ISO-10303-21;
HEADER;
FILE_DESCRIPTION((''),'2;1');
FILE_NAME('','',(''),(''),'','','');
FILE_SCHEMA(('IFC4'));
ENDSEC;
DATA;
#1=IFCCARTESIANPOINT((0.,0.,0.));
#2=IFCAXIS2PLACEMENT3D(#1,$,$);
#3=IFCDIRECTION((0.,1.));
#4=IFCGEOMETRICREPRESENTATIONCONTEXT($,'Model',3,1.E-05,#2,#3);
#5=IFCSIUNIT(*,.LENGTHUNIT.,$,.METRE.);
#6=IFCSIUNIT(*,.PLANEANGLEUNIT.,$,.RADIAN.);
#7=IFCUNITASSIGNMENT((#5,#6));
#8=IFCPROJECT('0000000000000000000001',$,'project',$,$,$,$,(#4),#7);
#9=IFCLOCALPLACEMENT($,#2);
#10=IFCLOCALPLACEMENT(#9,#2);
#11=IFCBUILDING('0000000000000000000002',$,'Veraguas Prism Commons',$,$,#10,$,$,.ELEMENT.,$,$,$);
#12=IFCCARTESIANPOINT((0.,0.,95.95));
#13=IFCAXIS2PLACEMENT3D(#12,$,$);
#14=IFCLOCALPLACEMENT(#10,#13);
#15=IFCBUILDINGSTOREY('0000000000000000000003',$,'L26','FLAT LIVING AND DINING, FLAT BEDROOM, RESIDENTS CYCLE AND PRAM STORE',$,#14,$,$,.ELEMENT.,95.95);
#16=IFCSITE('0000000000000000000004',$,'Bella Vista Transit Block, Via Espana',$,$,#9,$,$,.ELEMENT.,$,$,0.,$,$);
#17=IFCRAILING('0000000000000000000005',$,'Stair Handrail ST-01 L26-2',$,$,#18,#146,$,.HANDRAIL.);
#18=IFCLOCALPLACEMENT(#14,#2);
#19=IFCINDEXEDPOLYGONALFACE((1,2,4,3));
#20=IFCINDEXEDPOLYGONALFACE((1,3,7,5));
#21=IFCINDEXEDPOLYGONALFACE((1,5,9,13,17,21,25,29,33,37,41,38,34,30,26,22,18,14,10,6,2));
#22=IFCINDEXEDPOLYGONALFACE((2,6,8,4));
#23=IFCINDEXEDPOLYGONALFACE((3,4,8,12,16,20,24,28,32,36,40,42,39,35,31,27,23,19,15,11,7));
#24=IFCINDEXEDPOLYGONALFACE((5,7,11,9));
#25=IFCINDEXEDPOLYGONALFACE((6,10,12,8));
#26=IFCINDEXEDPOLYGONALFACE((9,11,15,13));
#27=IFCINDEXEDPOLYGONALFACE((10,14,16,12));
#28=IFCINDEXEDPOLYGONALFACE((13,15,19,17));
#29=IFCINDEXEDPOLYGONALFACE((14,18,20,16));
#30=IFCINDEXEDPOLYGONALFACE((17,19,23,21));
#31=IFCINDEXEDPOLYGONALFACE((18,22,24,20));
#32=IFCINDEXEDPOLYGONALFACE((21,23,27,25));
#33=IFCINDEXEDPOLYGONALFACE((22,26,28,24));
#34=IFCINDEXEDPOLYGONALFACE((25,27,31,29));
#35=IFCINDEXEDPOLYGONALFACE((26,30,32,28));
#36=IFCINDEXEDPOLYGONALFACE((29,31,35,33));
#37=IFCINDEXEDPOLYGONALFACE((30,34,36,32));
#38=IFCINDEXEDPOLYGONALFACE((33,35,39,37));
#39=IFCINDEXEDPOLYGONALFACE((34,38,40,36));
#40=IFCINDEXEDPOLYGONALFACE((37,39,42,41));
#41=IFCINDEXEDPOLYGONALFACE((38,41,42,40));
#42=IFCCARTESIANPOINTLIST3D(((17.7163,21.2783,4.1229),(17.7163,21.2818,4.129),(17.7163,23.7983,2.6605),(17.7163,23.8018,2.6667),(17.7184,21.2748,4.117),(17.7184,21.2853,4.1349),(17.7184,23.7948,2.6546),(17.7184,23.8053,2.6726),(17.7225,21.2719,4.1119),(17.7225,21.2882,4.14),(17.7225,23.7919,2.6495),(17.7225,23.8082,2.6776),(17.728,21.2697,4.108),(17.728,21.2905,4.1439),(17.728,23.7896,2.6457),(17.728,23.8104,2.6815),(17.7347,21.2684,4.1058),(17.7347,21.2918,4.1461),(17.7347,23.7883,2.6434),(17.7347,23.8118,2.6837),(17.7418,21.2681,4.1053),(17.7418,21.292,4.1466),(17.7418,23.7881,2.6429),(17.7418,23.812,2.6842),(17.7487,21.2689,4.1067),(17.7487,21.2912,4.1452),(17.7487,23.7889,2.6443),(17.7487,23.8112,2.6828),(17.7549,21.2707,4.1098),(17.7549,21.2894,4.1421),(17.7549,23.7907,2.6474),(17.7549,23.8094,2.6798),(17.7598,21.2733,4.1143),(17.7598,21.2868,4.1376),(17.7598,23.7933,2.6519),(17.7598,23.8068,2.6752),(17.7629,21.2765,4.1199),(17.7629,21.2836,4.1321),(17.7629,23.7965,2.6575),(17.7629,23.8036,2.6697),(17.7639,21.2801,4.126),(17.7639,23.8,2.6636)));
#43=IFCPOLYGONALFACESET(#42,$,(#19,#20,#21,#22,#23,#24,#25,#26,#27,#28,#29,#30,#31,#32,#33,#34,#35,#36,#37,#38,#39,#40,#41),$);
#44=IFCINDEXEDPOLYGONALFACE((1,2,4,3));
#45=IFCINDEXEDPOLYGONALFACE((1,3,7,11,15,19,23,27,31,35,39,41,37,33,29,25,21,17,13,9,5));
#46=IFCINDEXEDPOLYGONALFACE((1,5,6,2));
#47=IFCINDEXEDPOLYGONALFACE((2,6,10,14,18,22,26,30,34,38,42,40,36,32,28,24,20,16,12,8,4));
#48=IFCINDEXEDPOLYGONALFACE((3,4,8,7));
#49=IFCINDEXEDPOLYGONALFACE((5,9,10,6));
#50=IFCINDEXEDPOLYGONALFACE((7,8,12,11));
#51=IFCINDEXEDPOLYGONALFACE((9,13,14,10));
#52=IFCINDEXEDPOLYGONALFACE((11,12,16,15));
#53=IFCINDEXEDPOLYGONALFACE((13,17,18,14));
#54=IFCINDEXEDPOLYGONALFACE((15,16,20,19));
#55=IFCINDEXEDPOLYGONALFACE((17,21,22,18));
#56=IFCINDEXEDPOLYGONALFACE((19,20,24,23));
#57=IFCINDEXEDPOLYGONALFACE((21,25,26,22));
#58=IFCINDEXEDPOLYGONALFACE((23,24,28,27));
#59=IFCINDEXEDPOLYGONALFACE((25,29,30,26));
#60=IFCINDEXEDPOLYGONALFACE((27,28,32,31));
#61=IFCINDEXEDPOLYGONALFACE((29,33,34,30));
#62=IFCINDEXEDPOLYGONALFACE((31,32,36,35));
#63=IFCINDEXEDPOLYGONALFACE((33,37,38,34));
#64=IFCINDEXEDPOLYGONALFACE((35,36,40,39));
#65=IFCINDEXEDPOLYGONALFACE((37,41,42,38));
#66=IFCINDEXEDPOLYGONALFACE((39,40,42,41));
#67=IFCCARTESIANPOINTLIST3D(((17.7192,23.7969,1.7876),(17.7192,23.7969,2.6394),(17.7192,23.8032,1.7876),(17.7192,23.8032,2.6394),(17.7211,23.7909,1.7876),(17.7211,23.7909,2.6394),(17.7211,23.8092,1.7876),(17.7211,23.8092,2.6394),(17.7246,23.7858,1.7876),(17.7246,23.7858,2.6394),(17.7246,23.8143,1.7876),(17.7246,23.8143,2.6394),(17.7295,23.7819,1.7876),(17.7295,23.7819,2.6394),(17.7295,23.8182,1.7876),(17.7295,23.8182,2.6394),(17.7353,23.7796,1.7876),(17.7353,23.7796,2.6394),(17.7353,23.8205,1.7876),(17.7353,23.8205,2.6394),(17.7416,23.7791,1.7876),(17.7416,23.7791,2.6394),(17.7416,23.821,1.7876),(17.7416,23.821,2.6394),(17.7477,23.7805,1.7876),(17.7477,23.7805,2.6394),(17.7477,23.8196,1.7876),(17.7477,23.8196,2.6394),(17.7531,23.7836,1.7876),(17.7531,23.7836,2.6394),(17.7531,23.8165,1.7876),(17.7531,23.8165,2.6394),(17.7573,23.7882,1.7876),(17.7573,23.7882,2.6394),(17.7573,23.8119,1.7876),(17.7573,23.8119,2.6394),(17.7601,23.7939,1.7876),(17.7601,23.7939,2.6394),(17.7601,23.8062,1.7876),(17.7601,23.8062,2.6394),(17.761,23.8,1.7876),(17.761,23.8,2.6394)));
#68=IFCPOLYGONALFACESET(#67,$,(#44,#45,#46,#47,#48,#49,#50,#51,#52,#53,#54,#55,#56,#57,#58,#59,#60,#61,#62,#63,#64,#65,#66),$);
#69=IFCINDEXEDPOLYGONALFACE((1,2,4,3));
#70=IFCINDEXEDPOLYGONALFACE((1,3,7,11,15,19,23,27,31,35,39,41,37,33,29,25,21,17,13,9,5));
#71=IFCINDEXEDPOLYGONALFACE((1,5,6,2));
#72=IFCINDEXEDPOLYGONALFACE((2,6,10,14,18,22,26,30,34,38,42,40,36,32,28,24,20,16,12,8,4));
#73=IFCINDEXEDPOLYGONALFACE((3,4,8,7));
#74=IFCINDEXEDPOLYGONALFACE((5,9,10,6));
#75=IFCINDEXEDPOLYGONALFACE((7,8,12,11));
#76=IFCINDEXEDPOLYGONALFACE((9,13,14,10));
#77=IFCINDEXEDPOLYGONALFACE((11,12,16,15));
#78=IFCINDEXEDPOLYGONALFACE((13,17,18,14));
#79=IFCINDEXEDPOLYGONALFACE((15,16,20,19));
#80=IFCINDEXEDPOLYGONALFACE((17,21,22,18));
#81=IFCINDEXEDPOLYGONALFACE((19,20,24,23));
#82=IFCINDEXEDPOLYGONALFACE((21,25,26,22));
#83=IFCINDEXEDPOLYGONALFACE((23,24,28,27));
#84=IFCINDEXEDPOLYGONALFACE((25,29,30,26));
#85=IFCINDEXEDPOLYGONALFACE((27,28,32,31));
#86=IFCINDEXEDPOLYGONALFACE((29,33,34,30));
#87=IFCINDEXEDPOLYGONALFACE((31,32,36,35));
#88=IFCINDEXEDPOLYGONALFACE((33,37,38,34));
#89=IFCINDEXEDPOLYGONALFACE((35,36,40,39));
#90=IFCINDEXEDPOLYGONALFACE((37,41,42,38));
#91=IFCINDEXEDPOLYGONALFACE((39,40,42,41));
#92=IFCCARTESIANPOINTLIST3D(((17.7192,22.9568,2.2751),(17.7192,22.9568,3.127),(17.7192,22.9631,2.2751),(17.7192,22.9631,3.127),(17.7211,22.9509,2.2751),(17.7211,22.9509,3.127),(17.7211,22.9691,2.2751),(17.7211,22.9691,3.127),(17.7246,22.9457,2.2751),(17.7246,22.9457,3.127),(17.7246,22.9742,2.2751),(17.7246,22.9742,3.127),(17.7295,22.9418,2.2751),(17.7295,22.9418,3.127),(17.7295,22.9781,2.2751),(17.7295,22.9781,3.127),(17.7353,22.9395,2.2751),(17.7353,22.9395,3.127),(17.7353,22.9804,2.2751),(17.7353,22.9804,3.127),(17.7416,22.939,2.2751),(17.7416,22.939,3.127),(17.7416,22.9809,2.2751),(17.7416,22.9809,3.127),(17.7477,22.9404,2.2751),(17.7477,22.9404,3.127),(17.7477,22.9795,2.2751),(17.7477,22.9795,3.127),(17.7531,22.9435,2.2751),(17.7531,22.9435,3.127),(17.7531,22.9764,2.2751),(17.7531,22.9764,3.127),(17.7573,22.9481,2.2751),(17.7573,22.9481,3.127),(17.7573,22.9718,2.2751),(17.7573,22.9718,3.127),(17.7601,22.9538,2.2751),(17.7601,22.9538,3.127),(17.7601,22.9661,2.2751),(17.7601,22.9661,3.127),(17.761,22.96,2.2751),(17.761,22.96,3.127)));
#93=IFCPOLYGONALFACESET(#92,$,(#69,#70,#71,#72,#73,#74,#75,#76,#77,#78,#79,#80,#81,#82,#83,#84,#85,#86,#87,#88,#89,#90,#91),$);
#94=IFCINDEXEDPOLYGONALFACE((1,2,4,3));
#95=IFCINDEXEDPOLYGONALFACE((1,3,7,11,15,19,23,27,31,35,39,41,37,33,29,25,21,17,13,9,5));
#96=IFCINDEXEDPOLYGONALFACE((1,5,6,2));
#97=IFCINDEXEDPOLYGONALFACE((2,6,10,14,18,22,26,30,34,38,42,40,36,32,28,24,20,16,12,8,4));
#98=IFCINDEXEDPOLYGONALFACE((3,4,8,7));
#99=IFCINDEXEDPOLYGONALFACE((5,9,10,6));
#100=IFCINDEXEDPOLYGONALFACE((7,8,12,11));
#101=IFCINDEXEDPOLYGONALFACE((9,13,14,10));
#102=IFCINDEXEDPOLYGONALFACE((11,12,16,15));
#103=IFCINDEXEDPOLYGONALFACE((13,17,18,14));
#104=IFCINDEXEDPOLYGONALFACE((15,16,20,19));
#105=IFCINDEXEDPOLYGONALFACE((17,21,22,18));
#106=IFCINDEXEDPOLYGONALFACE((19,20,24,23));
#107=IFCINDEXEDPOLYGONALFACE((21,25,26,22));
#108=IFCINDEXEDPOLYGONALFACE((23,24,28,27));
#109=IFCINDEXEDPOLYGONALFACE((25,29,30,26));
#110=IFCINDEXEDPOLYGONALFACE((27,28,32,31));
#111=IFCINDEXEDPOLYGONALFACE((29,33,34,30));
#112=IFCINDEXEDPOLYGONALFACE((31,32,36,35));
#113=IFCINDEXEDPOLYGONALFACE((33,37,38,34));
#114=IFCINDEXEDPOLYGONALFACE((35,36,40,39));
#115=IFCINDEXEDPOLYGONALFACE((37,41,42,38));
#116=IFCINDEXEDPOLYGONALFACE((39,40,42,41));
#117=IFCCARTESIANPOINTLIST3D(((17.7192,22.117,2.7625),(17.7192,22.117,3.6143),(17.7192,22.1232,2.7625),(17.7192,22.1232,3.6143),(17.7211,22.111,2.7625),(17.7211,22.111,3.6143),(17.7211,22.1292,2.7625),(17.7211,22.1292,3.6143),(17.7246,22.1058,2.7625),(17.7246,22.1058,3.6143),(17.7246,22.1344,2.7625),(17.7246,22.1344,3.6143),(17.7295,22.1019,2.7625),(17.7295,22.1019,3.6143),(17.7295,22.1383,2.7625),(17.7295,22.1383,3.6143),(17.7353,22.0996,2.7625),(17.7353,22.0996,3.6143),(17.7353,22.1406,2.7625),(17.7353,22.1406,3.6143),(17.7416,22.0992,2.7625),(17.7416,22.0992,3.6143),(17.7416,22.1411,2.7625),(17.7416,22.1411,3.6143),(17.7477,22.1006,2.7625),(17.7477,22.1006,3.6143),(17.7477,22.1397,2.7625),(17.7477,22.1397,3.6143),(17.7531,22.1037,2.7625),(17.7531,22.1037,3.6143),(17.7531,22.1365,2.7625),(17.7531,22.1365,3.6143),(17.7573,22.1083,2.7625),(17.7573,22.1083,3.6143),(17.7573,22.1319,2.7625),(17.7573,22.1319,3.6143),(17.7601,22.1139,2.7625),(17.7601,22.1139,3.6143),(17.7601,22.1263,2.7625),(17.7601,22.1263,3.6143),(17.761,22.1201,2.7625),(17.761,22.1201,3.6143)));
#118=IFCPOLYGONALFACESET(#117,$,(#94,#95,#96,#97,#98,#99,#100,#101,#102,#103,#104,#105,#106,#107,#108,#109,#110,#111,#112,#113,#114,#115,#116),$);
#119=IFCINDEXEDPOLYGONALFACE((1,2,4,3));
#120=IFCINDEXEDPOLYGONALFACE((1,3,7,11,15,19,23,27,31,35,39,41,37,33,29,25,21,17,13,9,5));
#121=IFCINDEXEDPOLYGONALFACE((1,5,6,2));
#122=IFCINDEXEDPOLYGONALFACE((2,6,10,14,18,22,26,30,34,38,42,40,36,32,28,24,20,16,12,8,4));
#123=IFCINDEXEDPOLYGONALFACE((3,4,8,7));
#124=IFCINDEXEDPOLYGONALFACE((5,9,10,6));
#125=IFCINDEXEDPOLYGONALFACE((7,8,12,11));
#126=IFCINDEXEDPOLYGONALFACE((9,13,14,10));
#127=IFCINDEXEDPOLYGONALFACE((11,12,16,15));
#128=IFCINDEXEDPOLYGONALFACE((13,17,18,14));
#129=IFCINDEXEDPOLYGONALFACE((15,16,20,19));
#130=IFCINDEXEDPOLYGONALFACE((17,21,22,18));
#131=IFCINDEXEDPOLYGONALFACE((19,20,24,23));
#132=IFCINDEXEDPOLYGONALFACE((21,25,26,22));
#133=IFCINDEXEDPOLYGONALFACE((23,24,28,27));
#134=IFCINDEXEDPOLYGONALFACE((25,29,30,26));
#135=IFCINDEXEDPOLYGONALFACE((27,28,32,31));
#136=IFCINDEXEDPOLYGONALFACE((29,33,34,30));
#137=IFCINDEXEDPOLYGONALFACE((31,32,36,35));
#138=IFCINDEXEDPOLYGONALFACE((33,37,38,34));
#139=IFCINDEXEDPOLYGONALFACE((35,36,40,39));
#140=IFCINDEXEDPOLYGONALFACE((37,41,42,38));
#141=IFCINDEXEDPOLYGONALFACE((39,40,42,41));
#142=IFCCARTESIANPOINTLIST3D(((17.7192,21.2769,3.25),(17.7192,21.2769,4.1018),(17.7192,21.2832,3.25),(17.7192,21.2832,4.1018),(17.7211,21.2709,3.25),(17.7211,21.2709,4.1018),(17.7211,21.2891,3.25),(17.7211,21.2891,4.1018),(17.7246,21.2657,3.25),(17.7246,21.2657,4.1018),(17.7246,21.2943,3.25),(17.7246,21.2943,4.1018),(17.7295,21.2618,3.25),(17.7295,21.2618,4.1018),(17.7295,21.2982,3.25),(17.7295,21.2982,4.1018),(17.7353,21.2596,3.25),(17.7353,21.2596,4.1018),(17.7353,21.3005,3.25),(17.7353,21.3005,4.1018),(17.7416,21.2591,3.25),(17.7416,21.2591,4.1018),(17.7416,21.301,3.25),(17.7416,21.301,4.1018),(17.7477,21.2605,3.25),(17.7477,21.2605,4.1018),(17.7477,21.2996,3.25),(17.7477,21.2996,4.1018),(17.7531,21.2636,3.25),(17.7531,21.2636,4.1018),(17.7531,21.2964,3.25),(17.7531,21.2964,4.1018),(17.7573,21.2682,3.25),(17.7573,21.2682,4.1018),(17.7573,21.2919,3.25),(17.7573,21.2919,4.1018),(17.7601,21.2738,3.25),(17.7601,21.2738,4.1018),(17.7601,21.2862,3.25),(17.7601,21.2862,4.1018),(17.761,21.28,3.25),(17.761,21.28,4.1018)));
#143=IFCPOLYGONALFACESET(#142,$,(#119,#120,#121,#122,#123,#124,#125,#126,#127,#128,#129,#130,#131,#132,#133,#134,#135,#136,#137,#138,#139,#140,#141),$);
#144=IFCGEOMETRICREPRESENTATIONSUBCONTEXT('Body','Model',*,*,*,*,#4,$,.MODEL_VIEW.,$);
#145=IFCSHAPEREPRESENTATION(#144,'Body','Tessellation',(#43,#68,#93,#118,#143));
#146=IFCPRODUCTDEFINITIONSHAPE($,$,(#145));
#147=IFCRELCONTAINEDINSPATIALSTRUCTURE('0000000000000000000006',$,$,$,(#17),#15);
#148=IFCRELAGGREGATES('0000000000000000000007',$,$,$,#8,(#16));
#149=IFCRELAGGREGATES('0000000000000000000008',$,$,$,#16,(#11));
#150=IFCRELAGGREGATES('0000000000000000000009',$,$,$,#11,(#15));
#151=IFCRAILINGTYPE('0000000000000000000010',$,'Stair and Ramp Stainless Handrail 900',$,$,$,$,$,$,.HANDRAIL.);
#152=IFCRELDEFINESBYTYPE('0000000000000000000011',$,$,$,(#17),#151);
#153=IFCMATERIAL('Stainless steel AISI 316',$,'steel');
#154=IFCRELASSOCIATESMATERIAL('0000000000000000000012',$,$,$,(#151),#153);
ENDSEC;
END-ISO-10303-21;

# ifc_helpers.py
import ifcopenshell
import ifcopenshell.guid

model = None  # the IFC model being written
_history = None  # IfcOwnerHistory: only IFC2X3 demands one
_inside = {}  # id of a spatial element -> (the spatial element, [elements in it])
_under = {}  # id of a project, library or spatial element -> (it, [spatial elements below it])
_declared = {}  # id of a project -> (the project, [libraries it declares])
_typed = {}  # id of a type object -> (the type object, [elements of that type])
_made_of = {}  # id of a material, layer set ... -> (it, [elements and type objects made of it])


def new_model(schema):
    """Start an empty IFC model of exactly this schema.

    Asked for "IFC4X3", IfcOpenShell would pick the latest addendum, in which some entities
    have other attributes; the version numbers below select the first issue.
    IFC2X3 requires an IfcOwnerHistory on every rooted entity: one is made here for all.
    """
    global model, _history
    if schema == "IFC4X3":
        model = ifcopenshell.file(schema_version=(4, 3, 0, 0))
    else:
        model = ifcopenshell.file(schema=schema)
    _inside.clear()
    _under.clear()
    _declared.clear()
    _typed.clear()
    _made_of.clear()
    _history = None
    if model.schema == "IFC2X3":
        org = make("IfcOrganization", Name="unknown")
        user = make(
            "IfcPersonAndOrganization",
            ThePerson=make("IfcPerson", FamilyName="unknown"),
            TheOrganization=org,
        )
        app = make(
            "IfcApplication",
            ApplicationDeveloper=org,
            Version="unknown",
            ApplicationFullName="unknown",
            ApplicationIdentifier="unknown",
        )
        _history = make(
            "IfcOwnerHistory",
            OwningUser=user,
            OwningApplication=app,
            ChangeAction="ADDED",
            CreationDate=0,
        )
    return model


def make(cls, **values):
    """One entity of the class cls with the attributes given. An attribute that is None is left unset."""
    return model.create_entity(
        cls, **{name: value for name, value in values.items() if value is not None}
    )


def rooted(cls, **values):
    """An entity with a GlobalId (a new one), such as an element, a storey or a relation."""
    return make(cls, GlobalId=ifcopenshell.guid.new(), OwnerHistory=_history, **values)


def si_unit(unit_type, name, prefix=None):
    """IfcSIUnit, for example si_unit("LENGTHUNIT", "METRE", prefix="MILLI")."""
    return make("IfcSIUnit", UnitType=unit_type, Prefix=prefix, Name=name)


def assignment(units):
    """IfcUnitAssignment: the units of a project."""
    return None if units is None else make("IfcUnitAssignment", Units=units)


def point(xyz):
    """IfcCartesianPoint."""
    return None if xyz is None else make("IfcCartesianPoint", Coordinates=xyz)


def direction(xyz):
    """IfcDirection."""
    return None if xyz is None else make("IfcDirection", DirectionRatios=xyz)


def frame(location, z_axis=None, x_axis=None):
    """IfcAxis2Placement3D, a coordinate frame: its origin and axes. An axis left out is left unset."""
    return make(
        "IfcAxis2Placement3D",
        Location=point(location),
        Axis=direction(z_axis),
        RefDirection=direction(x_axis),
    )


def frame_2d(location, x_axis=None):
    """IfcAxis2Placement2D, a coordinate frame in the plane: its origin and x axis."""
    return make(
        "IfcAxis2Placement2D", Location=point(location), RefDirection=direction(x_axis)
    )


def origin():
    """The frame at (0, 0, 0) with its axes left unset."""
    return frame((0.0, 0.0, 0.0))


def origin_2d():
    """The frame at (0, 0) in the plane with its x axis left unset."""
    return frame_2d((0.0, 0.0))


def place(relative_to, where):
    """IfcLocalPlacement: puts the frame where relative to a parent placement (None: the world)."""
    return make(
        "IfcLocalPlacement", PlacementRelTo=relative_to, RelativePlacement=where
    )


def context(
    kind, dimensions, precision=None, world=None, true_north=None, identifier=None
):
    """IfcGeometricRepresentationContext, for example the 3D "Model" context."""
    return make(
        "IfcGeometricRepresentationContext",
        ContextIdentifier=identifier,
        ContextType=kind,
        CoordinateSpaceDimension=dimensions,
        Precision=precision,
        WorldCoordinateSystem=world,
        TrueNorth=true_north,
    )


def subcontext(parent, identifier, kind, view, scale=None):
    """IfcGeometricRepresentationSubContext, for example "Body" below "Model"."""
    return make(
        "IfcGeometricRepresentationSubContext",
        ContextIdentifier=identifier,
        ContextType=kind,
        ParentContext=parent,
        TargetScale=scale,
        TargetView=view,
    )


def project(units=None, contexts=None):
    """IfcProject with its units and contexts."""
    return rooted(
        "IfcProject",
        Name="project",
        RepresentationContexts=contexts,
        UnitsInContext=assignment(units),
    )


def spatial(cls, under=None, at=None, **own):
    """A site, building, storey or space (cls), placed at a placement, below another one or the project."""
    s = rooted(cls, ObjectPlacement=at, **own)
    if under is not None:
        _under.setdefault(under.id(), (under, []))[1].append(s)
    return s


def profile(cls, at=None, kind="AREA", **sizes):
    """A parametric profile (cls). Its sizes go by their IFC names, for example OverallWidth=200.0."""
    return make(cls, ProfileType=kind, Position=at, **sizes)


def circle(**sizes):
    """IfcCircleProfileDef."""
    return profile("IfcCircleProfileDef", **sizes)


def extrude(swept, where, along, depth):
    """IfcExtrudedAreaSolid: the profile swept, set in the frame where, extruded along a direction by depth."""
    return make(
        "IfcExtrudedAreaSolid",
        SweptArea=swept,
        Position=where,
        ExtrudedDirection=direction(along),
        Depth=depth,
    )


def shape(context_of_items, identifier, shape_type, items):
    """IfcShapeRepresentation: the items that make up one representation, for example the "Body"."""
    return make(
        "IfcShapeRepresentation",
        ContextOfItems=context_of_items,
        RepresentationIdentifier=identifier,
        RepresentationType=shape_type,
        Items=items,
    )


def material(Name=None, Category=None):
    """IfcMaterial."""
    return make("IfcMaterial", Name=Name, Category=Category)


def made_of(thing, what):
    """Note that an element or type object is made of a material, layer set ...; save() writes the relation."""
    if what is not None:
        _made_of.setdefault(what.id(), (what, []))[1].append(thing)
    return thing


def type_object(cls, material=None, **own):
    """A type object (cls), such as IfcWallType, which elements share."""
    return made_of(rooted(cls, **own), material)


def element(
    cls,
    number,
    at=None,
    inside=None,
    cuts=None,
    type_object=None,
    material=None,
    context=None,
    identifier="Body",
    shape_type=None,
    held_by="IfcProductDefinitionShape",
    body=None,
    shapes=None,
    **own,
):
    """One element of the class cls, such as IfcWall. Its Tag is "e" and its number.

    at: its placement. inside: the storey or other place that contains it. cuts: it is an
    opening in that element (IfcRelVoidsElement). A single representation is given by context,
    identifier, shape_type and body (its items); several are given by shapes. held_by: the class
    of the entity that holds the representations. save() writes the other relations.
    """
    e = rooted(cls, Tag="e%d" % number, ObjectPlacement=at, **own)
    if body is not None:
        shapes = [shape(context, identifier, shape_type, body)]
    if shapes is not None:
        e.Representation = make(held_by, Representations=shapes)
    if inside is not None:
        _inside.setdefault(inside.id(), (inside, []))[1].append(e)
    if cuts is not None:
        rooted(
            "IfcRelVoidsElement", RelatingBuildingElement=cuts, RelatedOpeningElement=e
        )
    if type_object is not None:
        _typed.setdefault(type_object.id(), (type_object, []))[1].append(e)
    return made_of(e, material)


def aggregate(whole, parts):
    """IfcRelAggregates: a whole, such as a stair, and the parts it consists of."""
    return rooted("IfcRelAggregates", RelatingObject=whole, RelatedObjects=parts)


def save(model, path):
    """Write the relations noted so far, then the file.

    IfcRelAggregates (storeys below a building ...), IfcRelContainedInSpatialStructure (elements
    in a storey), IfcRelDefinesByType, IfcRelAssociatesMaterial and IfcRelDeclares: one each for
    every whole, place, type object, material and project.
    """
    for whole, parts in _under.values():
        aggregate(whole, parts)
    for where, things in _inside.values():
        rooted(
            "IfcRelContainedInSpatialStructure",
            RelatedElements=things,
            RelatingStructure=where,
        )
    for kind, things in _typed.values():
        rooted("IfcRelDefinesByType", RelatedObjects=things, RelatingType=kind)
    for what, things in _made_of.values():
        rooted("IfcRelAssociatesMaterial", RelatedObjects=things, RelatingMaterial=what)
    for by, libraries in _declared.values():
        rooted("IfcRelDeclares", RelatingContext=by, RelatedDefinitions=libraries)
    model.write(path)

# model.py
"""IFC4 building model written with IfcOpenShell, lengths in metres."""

from ifc_helpers import new_model, si_unit, direction, frame, origin, origin_2d, place, context, subcontext, project, spatial, circle, extrude, material, type_object, element, save


model = new_model("IFC4")

# Units and contexts
model_context = context("Model", 3, precision=1e-05, world=origin(), true_north=direction((0.0, 1.0)))
body_context = subcontext(model_context, "Body", "Model", "MODEL_VIEW")
ifc_project = project(units=[si_unit("LENGTHUNIT", "METRE"), si_unit("PLANEANGLEUNIT", "RADIAN")], contexts=[model_context])

# Site, building, storey
site_placement = place(None, origin())
site = spatial("IfcSite", under=ifc_project, at=site_placement, Name="Bella Vista Transit Block, Via Espana", CompositionType="ELEMENT", RefElevation=0.0)
building_placement = place(site_placement, origin())
building = spatial("IfcBuilding", under=site, at=building_placement, Name="Veraguas Prism Commons", CompositionType="ELEMENT")
storey_placement = place(building_placement, frame((0.0, 0.0, 95.95)))
storey = spatial("IfcBuildingStorey", under=building, at=storey_placement, Name="L26", Description="FLAT LIVING AND DINING, FLAT BEDROOM, RESIDENTS CYCLE AND PRAM STORE", CompositionType="ELEMENT", Elevation=95.95)

# Railing
ifc_material_1 = material(Name="Stainless steel AISI 316", Category="steel")
railing_type_1 = type_object("IfcRailingType", Name="Stair and Ramp Stainless Handrail 900", PredefinedType="HANDRAIL", material=ifc_material_1)
railing_1_placement = place(storey_placement, frame((17.74, 23.8, 1.7876)))
element("IfcRailing", 1, at=railing_1_placement, inside=storey, type_object=railing_type_1, Name="Stair Handrail ST-01 L26-2", PredefinedType="HANDRAIL", context=body_context, shape_type="SweptSolid", body=[
    extrude(circle(Radius=0.0239, at=origin_2d()), frame((0.0, 0.0, 0.876), z_axis=(0.0, -0.864913, 0.501921), x_axis=(1.0, 0.0, 0.0)), (0.0, 0.0, 1.0), 2.9136),
    extrude(circle(Radius=0.021, at=origin_2d()), origin(), (0.0, 0.0, 1.0), 0.8518),
    extrude(circle(Radius=0.021, at=origin_2d()), frame((0.0, -0.8401, 0.4875)), (0.0, 0.0, 1.0), 0.8518),
    extrude(circle(Radius=0.021, at=origin_2d()), frame((0.0, -1.6799, 0.9749)), (0.0, 0.0, 1.0), 0.8518),
    extrude(circle(Radius=0.021, at=origin_2d()), frame((0.0, -2.52, 1.4624)), (0.0, 0.0, 1.0), 0.8518),
])

save(model, "model.ifc")
